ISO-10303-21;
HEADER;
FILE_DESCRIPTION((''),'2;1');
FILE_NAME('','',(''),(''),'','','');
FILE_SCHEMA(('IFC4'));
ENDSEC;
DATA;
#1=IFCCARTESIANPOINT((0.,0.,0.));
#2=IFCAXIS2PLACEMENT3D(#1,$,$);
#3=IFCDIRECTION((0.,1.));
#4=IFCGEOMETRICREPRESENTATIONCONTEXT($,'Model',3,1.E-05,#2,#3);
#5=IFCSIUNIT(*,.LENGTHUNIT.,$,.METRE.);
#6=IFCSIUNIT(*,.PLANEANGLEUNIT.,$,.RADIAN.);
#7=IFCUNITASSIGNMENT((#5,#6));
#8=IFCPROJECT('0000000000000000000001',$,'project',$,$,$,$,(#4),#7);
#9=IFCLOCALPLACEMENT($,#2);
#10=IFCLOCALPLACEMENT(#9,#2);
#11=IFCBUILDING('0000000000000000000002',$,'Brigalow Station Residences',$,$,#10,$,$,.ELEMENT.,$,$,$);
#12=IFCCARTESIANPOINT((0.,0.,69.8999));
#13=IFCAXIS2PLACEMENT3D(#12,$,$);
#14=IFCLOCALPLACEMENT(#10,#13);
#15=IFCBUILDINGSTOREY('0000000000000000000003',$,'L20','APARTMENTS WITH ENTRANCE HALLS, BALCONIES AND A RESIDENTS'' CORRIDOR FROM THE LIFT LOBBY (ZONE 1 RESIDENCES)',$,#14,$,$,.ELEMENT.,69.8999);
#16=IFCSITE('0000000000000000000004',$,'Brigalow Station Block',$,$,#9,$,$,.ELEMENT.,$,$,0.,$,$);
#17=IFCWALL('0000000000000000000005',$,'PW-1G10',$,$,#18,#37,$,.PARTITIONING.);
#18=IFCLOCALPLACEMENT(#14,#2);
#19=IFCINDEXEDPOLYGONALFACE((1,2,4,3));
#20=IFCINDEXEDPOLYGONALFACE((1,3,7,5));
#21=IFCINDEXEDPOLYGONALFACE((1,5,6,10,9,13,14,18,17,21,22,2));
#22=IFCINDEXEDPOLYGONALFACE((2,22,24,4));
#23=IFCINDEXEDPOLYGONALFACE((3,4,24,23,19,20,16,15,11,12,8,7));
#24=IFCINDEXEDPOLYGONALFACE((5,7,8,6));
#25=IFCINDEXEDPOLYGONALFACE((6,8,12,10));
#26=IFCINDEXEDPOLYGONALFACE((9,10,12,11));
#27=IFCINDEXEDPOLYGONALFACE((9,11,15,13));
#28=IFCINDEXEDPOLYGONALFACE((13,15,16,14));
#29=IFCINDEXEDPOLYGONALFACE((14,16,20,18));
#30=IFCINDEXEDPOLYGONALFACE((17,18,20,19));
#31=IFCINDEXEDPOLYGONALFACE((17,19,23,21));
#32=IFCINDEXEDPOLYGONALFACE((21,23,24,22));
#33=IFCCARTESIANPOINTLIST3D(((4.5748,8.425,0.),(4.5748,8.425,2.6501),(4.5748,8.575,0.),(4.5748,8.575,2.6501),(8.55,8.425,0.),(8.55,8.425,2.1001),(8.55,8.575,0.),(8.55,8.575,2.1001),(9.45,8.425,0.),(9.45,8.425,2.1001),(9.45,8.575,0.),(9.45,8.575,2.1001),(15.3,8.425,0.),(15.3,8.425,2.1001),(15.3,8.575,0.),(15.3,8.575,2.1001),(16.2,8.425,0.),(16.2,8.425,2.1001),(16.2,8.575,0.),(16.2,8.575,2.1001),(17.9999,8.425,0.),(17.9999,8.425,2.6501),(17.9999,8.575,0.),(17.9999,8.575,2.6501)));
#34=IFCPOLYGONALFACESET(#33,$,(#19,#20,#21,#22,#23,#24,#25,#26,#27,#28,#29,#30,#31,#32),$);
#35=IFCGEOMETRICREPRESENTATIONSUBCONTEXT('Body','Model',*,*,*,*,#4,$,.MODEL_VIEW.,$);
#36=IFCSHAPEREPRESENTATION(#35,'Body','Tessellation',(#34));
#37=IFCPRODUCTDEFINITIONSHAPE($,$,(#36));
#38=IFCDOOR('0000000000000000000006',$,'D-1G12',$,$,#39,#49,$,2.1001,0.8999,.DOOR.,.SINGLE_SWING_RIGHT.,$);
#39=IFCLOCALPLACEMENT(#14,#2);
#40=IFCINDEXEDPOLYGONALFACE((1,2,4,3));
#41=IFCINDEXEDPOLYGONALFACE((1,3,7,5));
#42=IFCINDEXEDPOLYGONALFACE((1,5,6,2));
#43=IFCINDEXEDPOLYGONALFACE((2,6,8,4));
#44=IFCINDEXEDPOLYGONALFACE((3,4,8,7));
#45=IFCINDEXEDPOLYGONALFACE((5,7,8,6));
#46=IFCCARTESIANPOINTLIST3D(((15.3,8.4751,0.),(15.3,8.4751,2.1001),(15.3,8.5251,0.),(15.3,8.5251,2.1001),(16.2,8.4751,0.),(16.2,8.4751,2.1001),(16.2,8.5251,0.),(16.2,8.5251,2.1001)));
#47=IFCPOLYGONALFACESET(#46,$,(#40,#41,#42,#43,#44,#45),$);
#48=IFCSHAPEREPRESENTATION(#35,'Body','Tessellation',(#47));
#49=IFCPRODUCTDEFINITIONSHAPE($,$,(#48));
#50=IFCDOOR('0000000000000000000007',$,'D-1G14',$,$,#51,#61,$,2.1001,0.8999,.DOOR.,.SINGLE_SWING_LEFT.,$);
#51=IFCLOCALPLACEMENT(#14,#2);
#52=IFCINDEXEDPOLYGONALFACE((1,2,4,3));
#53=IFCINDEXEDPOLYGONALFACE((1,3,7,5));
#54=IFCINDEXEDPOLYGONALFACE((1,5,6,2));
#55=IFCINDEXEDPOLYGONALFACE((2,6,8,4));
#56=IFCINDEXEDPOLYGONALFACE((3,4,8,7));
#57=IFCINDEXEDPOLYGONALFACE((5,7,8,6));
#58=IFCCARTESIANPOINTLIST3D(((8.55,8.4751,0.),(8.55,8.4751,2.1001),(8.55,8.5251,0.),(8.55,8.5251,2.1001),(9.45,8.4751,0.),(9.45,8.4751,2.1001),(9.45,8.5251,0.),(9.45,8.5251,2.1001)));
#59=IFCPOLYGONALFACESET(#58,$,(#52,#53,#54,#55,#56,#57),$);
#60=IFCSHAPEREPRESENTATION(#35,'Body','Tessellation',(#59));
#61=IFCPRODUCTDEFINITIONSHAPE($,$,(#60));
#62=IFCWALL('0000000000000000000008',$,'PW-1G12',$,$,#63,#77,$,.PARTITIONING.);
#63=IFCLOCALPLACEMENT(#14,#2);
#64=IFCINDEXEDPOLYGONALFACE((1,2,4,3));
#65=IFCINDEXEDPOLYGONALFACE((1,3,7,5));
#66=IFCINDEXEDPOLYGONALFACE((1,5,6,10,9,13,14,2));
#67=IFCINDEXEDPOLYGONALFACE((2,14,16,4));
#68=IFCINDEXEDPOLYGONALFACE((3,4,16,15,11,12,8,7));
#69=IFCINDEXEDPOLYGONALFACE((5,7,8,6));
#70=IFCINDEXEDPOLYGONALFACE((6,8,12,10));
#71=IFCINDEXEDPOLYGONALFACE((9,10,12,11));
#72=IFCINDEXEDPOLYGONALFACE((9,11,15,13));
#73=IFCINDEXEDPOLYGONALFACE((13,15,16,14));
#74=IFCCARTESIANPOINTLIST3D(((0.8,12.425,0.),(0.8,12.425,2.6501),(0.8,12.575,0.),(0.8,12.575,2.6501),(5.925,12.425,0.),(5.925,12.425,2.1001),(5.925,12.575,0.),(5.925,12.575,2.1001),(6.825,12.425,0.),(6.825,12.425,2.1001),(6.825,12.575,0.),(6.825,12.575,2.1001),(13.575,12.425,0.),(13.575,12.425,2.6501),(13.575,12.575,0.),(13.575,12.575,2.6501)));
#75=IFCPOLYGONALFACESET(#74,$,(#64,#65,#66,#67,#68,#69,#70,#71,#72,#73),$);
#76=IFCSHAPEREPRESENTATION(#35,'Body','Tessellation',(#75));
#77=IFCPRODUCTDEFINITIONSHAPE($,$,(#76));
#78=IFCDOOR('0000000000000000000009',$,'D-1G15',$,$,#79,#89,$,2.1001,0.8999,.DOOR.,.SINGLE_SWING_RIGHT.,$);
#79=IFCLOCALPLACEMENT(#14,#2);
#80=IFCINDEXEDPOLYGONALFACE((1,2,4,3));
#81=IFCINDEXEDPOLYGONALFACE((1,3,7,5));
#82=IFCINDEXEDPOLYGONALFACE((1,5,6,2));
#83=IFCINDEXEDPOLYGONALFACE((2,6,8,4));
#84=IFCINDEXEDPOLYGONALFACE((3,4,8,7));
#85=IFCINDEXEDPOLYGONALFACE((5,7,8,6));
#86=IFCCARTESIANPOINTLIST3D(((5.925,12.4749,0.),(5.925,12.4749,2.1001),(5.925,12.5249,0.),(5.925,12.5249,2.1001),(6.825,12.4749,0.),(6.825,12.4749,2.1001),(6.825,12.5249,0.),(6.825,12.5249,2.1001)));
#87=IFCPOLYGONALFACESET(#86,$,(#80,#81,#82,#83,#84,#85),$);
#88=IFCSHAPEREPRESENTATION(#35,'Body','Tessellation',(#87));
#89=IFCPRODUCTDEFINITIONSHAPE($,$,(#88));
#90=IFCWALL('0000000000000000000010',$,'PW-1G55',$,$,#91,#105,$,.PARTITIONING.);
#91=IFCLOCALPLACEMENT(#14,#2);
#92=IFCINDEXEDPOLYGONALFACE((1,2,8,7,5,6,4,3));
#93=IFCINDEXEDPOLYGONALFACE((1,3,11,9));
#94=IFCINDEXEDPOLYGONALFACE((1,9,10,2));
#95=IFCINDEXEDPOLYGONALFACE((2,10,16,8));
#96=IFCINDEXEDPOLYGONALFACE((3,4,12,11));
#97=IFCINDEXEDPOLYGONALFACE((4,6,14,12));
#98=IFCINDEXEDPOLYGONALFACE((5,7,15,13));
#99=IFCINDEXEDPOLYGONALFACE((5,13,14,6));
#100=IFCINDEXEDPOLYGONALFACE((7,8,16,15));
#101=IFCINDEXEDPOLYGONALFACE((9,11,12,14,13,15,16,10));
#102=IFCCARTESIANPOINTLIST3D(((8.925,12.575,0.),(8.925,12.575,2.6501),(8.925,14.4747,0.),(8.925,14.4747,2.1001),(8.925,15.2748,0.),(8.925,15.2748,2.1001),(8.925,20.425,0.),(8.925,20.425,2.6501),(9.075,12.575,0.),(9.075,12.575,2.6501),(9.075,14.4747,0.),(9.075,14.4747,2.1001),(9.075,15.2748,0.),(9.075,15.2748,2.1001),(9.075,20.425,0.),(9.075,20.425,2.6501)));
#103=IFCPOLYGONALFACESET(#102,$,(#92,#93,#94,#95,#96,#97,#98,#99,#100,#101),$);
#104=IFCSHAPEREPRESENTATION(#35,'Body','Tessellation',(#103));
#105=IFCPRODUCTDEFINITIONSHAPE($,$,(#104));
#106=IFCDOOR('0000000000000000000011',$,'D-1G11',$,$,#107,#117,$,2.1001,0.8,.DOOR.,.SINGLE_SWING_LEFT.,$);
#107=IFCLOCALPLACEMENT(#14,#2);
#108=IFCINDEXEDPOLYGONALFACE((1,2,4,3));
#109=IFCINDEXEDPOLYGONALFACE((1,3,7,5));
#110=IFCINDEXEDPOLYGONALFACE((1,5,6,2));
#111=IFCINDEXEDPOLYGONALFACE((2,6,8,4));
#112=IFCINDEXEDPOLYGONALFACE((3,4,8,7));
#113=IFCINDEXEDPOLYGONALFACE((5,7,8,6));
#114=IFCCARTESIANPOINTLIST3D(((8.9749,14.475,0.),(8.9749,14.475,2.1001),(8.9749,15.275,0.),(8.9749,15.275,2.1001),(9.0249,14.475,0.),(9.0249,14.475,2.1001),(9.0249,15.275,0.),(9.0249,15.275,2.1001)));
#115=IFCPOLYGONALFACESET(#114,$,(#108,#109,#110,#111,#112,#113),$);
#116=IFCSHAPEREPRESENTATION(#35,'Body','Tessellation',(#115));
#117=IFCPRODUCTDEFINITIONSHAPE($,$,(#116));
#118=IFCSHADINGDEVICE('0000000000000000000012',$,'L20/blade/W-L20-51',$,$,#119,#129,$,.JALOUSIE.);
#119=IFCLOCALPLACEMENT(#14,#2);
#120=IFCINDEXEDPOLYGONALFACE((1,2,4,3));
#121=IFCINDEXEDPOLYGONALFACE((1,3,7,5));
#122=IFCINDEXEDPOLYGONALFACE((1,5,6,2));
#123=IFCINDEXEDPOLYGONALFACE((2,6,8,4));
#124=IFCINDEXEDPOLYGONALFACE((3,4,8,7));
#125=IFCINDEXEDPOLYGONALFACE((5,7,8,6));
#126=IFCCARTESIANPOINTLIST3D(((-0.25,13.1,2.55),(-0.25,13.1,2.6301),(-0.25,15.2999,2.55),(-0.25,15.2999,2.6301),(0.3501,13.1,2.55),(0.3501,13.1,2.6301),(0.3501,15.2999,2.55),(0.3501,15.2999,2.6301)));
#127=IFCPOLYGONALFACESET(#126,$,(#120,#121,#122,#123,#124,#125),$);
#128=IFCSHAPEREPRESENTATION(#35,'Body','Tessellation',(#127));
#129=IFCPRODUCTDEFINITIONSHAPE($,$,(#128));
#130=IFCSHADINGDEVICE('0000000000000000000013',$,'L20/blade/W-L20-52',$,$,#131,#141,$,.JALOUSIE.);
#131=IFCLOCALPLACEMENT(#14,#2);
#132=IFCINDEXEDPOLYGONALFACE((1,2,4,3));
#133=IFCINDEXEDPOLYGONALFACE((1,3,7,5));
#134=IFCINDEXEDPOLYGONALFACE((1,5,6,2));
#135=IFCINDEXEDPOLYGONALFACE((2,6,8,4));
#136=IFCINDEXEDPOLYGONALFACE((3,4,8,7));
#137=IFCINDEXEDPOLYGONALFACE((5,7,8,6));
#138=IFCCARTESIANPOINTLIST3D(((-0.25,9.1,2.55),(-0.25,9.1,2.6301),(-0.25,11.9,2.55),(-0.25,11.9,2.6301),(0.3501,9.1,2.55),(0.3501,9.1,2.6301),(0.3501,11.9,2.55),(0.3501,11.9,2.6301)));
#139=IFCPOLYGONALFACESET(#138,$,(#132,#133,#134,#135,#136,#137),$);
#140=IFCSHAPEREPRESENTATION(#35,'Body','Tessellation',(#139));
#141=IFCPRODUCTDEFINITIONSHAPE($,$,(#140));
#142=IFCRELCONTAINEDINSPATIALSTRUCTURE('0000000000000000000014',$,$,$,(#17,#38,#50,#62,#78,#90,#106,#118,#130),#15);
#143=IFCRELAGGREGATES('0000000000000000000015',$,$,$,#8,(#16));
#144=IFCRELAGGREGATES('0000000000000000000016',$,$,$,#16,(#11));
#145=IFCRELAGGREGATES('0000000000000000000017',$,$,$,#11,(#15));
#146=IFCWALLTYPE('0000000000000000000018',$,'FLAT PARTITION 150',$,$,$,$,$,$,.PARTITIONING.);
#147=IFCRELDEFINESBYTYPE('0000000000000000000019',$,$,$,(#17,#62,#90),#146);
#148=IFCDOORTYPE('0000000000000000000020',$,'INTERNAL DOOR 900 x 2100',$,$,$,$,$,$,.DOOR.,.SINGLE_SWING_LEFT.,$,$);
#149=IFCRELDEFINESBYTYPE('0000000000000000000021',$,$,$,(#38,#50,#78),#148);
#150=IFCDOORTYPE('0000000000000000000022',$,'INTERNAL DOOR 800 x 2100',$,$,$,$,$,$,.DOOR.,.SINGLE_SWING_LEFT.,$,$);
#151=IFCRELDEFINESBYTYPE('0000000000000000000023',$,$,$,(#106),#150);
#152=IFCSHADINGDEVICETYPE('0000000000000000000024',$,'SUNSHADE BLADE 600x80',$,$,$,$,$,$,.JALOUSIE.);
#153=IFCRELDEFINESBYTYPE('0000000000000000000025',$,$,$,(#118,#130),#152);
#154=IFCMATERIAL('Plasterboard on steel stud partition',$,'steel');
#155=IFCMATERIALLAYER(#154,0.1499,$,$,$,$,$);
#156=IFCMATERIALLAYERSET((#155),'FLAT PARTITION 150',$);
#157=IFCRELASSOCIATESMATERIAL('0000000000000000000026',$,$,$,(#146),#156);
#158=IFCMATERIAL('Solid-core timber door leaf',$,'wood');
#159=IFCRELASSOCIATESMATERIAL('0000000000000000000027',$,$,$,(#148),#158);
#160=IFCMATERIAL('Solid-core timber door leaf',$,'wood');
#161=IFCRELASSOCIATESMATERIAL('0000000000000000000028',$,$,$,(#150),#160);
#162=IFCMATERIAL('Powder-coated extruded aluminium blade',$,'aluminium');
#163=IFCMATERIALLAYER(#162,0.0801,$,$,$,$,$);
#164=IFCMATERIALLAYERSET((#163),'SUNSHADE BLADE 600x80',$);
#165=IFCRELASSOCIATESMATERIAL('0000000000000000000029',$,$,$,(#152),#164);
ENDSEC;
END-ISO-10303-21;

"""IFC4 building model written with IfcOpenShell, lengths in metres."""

from ifc_helpers import new_model, si_unit, direction, frame, frame_2d, origin, origin_2d, place, context, subcontext, project, spatial, rectangle, extrude, material, layer, layer_set, type_object, element, fill, save


model = new_model("IFC4")

# Units and contexts
model_context = context("Model", 3, precision=1e-05, world=origin(), true_north=direction((0.0, 1.0)))
body_context = subcontext(model_context, "Body", "Model", "MODEL_VIEW")
ifc_project = project(units=[si_unit("LENGTHUNIT", "METRE"), si_unit("PLANEANGLEUNIT", "RADIAN")], contexts=[model_context])

# Site, building, storey
site_placement = place(None, origin())
site = spatial("IfcSite", under=ifc_project, at=site_placement, Name="Brigalow Station Block", CompositionType="ELEMENT", RefElevation=0.0)
building_placement = place(site_placement, origin())
building = spatial("IfcBuilding", under=site, at=building_placement, Name="Brigalow Station Residences", CompositionType="ELEMENT")
storey_placement = place(building_placement, frame((0.0, 0.0, 69.8999)))
storey = spatial("IfcBuildingStorey", under=building, at=storey_placement, Name="L20", Description="APARTMENTS WITH ENTRANCE HALLS, BALCONIES AND A RESIDENTS' CORRIDOR FROM THE LIFT LOBBY (ZONE 1 RESIDENCES)", CompositionType="ELEMENT", Elevation=69.8999)

# Wall, openings, doors
ifc_material_1 = material(Name="Plasterboard on steel stud partition", Category="steel")
ifc_layer_1 = layer(ifc_material_1, 0.1499)
ifc_layer_set_1 = layer_set([ifc_layer_1], Name="FLAT PARTITION 150")
wall_type_1 = type_object("IfcWallType", Name="FLAT PARTITION 150", PredefinedType="PARTITIONING", material=ifc_layer_set_1)
wall_1_placement = place(storey_placement, frame((4.575, 8.5, 0.0), z_axis=(0.0, 0.0, 1.0), x_axis=(1.0, 0.0, 0.0)))
wall_1 = element("IfcWall", 1, at=wall_1_placement, inside=storey, type_object=wall_type_1, Name="PW-1G10", PredefinedType="PARTITIONING", context=body_context, shape_type="SweptSolid", body=[
    extrude(rectangle(XDim=13.425, YDim=0.1499, at=frame_2d((6.7124, 0.0))), origin(), (0.0, 0.0, 1.0), 2.6501),
])
opening_1_placement = place(wall_1_placement, frame((10.7251, 0.0, 0.0)))
opening_1 = element("IfcOpeningElement", 2, at=opening_1_placement, cuts=wall_1, PredefinedType="OPENING", context=body_context, shape_type="SweptSolid", body=[
    extrude(rectangle(XDim=0.8999, YDim=2.1001, at=frame_2d((0.45, 1.05))), frame((0.0, 0.085, 0.0), z_axis=(0.0, -1.0, 0.0), x_axis=(1.0, 0.0, 0.0)), (0.0, 0.0, 1.0), 0.1699),
])
opening_2_placement = place(wall_1_placement, frame((3.9751, 0.0, 0.0)))
opening_2 = element("IfcOpeningElement", 3, at=opening_2_placement, cuts=wall_1, PredefinedType="OPENING", context=body_context, shape_type="SweptSolid", body=[
    extrude(rectangle(XDim=0.8999, YDim=2.1001, at=frame_2d((0.45, 1.05))), frame((0.0, 0.085, 0.0), z_axis=(0.0, -1.0, 0.0), x_axis=(1.0, 0.0, 0.0)), (0.0, 0.0, 1.0), 0.1699),
])
ifc_material_2 = material(Name="Solid-core timber door leaf", Category="wood")
door_type_1 = type_object("IfcDoorType", Name="INTERNAL DOOR 900 x 2100", OperationType="SINGLE_SWING_LEFT", PredefinedType="DOOR", material=ifc_material_2)
door_1_placement = place(opening_1_placement, frame((0.8999, 0.0, 0.0), z_axis=(0.0, 0.0, 1.0), x_axis=(-1.0, 0.0, 0.0)))
door_1 = element("IfcDoor", 4, at=door_1_placement, inside=storey, type_object=door_type_1, Name="D-1G12", OperationType="SINGLE_SWING_RIGHT", OverallHeight=2.1001, OverallWidth=0.8999, PredefinedType="DOOR", context=body_context, shape_type="SweptSolid", body=[
    extrude(rectangle(XDim=0.8999, YDim=2.1001, at=frame_2d((0.45, 1.05))), frame((0.0, 0.0249, 0.0), z_axis=(0.0, -1.0, 0.0), x_axis=(1.0, 0.0, 0.0)), (0.0, 0.0, 1.0), 0.05),
])
fill(opening_1, door_1)
door_2_placement = place(opening_2_placement, frame((0.8999, 0.0, 0.0), z_axis=(0.0, 0.0, 1.0), x_axis=(-1.0, 0.0, 0.0)))
door_2 = element("IfcDoor", 5, at=door_2_placement, inside=storey, type_object=door_type_1, Name="D-1G14", OperationType="SINGLE_SWING_LEFT", OverallHeight=2.1001, OverallWidth=0.8999, PredefinedType="DOOR", context=body_context, shape_type="SweptSolid", body=[
    extrude(rectangle(XDim=0.8999, YDim=2.1001, at=frame_2d((0.45, 1.05))), frame((0.0, 0.0249, 0.0), z_axis=(0.0, -1.0, 0.0), x_axis=(1.0, 0.0, 0.0)), (0.0, 0.0, 1.0), 0.05),
])
fill(opening_2, door_2)

# Walls, openings, doors
wall_2_placement = place(storey_placement, frame((0.8, 12.5, 0.0), z_axis=(0.0, 0.0, 1.0), x_axis=(1.0, 0.0, 0.0)))
wall_2 = element("IfcWall", 6, at=wall_2_placement, inside=storey, type_object=wall_type_1, Name="PW-1G12", PredefinedType="PARTITIONING", context=body_context, shape_type="SweptSolid", body=[
    extrude(rectangle(XDim=12.7749, YDim=0.1499, at=frame_2d((6.3875, 0.0))), origin(), (0.0, 0.0, 1.0), 2.6501),
])
opening_3_placement = place(wall_2_placement, frame((5.125, 0.0, 0.0)))
opening_3 = element("IfcOpeningElement", 7, at=opening_3_placement, cuts=wall_2, PredefinedType="OPENING", context=body_context, shape_type="SweptSolid", body=[
    extrude(rectangle(XDim=0.8999, YDim=2.1001, at=frame_2d((0.45, 1.05))), frame((0.0, 0.085, 0.0), z_axis=(0.0, -1.0, 0.0), x_axis=(1.0, 0.0, 0.0)), (0.0, 0.0, 1.0), 0.1699),
])
door_3_placement = place(opening_3_placement, origin())
door_3 = element("IfcDoor", 8, at=door_3_placement, inside=storey, type_object=door_type_1, Name="D-1G15", OperationType="SINGLE_SWING_RIGHT", OverallHeight=2.1001, OverallWidth=0.8999, PredefinedType="DOOR", context=body_context, shape_type="SweptSolid", body=[
    extrude(rectangle(XDim=0.8999, YDim=2.1001, at=frame_2d((0.45, 1.05))), frame((0.0, 0.0249, 0.0), z_axis=(0.0, -1.0, 0.0), x_axis=(1.0, 0.0, 0.0)), (0.0, 0.0, 1.0), 0.05),
])
fill(opening_3, door_3)
wall_3_placement = place(storey_placement, frame((9.0, 12.575, 0.0), z_axis=(0.0, 0.0, 1.0), x_axis=(0.0, 1.0, 0.0)))
wall_3 = element("IfcWall", 9, at=wall_3_placement, inside=storey, type_object=wall_type_1, Name="PW-1G55", PredefinedType="PARTITIONING", context=body_context, shape_type="SweptSolid", body=[
    extrude(rectangle(XDim=7.8501, YDim=0.1499, at=frame_2d((3.925, 0.0))), origin(), (0.0, 0.0, 1.0), 2.6501),
])
opening_4_placement = place(wall_3_placement, frame((1.8999, 0.0, 0.0)))
opening_4 = element("IfcOpeningElement", 10, at=opening_4_placement, cuts=wall_3, PredefinedType="OPENING", context=body_context, shape_type="SweptSolid", body=[
    extrude(rectangle(XDim=0.8, YDim=2.1001, at=frame_2d((0.3999, 1.05))), frame((0.0, 0.085, 0.0), z_axis=(0.0, -1.0, 0.0), x_axis=(1.0, 0.0, 0.0)), (0.0, 0.0, 1.0), 0.1699),
])
ifc_material_3 = material(Name="Solid-core timber door leaf", Category="wood")
door_type_2 = type_object("IfcDoorType", Name="INTERNAL DOOR 800 x 2100", OperationType="SINGLE_SWING_LEFT", PredefinedType="DOOR", material=ifc_material_3)
door_4_placement = place(opening_4_placement, frame((0.8, 0.0, 0.0), z_axis=(0.0, 0.0, 1.0), x_axis=(-1.0, 0.0, 0.0)))
door_4 = element("IfcDoor", 11, at=door_4_placement, inside=storey, type_object=door_type_2, Name="D-1G11", OperationType="SINGLE_SWING_LEFT", OverallHeight=2.1001, OverallWidth=0.8, PredefinedType="DOOR", context=body_context, shape_type="SweptSolid", body=[
    extrude(rectangle(XDim=0.8, YDim=2.1001, at=frame_2d((0.3999, 1.05))), frame((0.0, 0.0249, 0.0), z_axis=(0.0, -1.0, 0.0), x_axis=(1.0, 0.0, 0.0)), (0.0, 0.0, 1.0), 0.05),
])
fill(opening_4, door_4)

# Shading devices
ifc_material_4 = material(Name="Powder-coated extruded aluminium blade", Category="aluminium")
ifc_layer_2 = layer(ifc_material_4, 0.0801)
ifc_layer_set_2 = layer_set([ifc_layer_2], Name="SUNSHADE BLADE 600x80")
shading_device_type = type_object("IfcShadingDeviceType", Name="SUNSHADE BLADE 600x80", PredefinedType="JALOUSIE", material=ifc_layer_set_2)
shading_device_1_placement = place(storey_placement, frame((0.05, 14.2, 2.55), z_axis=(0.0, 0.0, 1.0), x_axis=(0.0, -1.0, 0.0)))
element("IfcShadingDevice", 12, at=shading_device_1_placement, inside=storey, type_object=shading_device_type, Name="L20/blade/W-L20-51", PredefinedType="JALOUSIE", context=body_context, shape_type="SweptSolid", body=[
    extrude(rectangle(XDim=2.2, YDim=0.6001, at=origin_2d()), origin(), (0.0, 0.0, 1.0), 0.0801),
])
shading_device_2_placement = place(storey_placement, frame((0.05, 10.5, 2.55), z_axis=(0.0, 0.0, 1.0), x_axis=(0.0, -1.0, 0.0)))
element("IfcShadingDevice", 13, at=shading_device_2_placement, inside=storey, type_object=shading_device_type, Name="L20/blade/W-L20-52", PredefinedType="JALOUSIE", context=body_context, shape_type="SweptSolid", body=[
    extrude(rectangle(XDim=2.8, YDim=0.6001, at=origin_2d()), origin(), (0.0, 0.0, 1.0), 0.0801),
])

save(model, "model.ifc")
